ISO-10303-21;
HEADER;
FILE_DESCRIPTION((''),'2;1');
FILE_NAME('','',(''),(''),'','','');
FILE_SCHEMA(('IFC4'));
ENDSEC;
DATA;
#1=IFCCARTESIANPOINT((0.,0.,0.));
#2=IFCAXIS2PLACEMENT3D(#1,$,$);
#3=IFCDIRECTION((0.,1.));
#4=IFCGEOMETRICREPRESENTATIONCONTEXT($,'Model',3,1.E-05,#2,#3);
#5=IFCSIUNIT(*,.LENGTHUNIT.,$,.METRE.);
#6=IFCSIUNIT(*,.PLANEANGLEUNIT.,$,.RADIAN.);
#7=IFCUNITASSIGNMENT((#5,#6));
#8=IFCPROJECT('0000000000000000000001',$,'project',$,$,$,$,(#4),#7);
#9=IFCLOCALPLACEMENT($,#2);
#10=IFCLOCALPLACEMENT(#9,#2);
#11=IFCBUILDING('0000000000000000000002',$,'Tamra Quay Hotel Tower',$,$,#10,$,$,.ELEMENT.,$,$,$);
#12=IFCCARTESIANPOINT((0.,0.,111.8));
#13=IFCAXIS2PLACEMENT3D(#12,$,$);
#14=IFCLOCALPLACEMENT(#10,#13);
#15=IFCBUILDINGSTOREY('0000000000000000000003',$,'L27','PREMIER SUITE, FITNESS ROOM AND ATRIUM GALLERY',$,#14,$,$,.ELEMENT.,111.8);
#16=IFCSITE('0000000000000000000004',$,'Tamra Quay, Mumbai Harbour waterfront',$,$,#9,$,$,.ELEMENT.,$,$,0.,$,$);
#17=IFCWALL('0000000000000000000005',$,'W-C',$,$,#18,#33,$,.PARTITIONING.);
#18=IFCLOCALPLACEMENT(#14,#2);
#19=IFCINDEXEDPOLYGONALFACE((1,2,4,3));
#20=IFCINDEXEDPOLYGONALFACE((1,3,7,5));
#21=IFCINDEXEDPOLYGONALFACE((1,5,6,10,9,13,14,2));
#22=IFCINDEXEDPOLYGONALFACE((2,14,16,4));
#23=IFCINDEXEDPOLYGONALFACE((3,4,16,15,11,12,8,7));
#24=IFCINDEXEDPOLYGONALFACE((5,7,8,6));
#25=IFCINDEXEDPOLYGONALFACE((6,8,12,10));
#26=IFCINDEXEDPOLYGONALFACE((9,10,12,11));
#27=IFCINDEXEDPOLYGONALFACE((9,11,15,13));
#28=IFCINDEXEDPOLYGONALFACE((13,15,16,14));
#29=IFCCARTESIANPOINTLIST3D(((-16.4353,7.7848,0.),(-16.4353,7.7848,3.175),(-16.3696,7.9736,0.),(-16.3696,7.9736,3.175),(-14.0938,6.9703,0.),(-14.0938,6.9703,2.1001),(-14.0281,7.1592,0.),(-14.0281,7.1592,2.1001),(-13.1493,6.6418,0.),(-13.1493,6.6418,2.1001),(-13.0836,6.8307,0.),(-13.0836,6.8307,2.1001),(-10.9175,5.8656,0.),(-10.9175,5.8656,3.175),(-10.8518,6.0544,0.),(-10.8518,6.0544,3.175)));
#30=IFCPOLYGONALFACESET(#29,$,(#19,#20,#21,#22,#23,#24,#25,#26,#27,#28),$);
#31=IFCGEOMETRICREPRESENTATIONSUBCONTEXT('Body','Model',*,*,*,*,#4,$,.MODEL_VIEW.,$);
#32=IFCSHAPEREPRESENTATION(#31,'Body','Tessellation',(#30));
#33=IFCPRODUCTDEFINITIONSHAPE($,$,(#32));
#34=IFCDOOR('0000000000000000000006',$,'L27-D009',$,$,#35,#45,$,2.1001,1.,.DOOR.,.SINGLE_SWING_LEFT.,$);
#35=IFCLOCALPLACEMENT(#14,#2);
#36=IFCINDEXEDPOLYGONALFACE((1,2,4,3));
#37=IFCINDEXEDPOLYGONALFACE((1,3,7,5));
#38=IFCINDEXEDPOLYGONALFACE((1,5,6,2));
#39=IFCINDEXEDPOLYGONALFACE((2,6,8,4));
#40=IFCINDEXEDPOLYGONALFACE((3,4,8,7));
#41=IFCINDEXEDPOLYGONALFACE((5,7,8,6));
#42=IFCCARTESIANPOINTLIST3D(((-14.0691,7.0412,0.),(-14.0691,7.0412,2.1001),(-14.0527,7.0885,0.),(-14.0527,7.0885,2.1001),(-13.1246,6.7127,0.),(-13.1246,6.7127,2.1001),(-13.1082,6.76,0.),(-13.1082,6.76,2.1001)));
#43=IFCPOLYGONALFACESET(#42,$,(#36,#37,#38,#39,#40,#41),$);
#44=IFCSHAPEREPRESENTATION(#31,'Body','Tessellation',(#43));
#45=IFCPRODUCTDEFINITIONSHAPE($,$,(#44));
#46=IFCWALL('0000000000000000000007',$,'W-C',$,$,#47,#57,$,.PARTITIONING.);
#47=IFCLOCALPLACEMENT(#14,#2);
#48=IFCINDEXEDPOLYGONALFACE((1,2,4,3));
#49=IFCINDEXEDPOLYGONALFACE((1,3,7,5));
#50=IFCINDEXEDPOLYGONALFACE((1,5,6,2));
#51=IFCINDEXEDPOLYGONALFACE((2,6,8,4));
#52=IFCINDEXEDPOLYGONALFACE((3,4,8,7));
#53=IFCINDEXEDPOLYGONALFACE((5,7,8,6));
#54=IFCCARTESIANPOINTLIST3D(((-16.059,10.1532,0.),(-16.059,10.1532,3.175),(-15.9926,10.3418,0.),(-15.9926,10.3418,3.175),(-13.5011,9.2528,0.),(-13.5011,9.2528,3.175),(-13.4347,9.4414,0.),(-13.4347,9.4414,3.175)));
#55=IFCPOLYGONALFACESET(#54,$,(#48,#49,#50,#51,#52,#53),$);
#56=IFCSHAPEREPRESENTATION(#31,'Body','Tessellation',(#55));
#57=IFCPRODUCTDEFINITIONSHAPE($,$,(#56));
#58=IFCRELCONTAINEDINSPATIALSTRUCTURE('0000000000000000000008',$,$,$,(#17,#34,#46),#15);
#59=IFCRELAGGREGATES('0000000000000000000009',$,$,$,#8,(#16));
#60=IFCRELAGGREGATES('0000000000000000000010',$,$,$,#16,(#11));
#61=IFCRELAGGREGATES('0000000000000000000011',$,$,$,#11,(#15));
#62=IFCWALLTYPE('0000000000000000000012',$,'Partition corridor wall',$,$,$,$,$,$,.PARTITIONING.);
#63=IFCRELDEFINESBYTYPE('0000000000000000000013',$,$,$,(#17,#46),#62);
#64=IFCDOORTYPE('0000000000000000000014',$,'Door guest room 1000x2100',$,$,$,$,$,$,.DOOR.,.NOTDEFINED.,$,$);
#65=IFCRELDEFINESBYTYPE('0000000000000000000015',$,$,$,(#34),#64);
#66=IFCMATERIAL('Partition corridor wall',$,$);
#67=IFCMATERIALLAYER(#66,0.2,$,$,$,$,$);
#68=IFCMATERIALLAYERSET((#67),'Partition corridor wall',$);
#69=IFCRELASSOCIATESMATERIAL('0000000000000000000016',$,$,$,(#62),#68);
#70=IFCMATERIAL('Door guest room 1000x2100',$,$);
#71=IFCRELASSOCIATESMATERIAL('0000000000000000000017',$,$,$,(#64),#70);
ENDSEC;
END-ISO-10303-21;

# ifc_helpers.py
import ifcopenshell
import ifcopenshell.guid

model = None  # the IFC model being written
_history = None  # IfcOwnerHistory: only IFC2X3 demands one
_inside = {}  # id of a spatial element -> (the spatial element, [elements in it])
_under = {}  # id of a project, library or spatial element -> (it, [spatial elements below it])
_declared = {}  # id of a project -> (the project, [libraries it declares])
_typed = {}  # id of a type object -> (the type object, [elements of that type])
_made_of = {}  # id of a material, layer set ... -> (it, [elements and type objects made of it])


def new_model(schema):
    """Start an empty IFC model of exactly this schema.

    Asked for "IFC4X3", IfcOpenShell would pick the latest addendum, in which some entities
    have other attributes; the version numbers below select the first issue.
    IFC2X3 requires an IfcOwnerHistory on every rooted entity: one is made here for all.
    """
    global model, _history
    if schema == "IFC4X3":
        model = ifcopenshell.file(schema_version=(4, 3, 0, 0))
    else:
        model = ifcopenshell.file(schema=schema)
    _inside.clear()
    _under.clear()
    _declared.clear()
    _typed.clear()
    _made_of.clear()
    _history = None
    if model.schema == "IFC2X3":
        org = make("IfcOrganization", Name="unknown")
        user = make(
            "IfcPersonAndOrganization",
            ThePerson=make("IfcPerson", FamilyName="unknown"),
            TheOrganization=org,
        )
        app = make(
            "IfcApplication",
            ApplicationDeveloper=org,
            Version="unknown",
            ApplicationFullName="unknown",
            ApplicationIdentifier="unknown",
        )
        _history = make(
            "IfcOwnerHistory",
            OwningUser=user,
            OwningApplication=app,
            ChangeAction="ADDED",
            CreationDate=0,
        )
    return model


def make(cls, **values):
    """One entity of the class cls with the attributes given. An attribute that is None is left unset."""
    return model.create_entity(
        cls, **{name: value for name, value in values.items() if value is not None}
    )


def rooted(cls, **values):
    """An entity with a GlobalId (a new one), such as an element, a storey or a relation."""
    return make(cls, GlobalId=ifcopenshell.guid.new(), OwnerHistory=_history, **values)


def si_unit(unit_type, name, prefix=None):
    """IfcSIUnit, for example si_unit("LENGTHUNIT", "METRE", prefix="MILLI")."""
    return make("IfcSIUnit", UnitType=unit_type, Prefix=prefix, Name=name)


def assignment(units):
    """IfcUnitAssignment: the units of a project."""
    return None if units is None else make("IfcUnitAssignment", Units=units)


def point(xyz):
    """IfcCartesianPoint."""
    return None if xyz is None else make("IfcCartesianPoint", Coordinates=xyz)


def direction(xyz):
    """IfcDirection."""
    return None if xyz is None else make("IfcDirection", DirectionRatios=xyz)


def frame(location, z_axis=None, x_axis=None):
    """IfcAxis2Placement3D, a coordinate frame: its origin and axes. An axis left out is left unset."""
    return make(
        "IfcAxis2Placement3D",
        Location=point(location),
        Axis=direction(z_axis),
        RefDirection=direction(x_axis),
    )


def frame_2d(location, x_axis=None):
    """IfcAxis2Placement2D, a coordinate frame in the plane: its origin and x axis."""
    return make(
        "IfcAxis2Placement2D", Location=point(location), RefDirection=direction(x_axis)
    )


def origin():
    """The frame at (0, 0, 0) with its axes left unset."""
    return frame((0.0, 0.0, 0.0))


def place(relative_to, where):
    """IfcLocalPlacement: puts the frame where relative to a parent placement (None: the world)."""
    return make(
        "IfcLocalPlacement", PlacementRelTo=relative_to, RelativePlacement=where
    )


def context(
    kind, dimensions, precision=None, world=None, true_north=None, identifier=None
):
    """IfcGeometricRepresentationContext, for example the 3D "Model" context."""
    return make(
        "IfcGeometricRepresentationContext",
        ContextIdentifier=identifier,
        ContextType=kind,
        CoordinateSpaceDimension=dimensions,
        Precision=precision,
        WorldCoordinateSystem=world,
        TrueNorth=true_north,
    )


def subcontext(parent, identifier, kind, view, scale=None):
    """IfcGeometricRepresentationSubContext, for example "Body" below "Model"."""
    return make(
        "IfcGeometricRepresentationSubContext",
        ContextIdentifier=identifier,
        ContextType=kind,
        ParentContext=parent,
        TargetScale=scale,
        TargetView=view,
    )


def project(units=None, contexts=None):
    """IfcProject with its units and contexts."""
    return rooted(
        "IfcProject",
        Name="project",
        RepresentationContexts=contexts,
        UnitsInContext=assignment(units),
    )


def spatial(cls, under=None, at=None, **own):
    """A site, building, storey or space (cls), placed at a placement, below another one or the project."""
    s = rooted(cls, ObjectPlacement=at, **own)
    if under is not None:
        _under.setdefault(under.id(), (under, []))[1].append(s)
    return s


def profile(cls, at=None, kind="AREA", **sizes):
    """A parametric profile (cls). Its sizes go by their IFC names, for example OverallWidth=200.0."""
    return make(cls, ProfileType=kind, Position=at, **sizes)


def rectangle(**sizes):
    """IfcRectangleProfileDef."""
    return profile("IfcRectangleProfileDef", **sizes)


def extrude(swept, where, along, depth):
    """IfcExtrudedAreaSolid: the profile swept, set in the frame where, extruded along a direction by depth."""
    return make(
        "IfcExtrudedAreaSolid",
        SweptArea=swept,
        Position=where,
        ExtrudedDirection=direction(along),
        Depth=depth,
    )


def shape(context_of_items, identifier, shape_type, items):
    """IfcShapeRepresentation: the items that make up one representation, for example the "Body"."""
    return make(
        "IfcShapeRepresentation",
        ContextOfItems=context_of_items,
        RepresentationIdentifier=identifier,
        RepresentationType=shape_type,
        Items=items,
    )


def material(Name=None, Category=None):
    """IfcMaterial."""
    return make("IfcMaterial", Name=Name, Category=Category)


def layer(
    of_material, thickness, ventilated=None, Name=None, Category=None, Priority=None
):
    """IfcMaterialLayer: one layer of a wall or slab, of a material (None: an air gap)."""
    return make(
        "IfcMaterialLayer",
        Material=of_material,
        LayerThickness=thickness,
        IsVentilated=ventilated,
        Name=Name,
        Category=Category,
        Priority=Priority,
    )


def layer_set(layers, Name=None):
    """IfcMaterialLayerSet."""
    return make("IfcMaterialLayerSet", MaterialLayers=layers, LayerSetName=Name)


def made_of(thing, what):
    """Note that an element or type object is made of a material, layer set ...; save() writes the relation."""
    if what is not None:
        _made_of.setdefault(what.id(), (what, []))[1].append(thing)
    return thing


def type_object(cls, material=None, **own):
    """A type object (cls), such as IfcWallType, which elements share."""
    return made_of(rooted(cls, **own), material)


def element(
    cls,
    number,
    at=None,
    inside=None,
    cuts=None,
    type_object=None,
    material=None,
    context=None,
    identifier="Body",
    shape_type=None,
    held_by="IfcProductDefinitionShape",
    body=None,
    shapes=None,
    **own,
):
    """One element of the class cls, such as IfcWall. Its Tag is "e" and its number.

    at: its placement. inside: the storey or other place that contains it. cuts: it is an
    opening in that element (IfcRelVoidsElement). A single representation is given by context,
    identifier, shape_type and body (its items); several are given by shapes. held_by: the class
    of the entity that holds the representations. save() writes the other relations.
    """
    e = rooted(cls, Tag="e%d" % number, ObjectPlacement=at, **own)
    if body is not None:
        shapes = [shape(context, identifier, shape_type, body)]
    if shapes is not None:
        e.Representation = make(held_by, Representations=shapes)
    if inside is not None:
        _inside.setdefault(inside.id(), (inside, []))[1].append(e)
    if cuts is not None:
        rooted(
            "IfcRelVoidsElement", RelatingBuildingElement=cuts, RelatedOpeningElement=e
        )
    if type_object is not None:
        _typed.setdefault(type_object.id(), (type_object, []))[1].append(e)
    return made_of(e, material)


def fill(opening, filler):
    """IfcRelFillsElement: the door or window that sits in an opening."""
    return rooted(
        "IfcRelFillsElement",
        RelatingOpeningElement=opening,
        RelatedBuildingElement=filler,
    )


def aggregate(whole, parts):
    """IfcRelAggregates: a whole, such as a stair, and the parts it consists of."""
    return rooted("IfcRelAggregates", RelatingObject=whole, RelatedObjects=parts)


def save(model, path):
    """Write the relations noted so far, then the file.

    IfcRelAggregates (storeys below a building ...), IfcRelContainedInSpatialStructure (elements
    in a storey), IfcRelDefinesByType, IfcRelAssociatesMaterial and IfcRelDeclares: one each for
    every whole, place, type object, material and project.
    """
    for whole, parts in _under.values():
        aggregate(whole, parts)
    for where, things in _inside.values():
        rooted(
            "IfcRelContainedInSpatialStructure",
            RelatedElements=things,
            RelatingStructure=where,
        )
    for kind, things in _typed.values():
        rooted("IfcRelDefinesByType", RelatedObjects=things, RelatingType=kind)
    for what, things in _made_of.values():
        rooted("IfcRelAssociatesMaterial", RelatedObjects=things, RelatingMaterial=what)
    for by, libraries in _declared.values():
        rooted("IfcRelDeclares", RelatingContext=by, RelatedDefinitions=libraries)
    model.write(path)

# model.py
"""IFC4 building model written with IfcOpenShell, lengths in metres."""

from ifc_helpers import new_model, si_unit, direction, frame, frame_2d, origin, place, context, subcontext, project, spatial, rectangle, extrude, material, layer, layer_set, type_object, element, fill, save


model = new_model("IFC4")

# Units and contexts
model_context = context("Model", 3, precision=1e-05, world=origin(), true_north=direction((0.0, 1.0)))
body_context = subcontext(model_context, "Body", "Model", "MODEL_VIEW")
ifc_project = project(units=[si_unit("LENGTHUNIT", "METRE"), si_unit("PLANEANGLEUNIT", "RADIAN")], contexts=[model_context])

# Site, building, storey
site_placement = place(None, origin())
site = spatial("IfcSite", under=ifc_project, at=site_placement, Name="Tamra Quay, Mumbai Harbour waterfront", CompositionType="ELEMENT", RefElevation=0.0)
building_placement = place(site_placement, origin())
building = spatial("IfcBuilding", under=site, at=building_placement, Name="Tamra Quay Hotel Tower", CompositionType="ELEMENT")
storey_placement = place(building_placement, frame((0.0, 0.0, 111.8)))
storey = spatial("IfcBuildingStorey", under=building, at=storey_placement, Name="L27", Description="PREMIER SUITE, FITNESS ROOM AND ATRIUM GALLERY", CompositionType="ELEMENT", Elevation=111.8)

# Shared definitions
ifc_material_1 = material(Name="Partition corridor wall")
ifc_layer_1 = layer(ifc_material_1, 0.2)
ifc_layer_set_1 = layer_set([ifc_layer_1], Name="Partition corridor wall")
wall_type_1 = type_object("IfcWallType", Name="Partition corridor wall", PredefinedType="PARTITIONING", material=ifc_layer_set_1)

# Wall, opening, door
wall_1_placement = place(storey_placement, frame((-16.4023, 7.8792, 0.0), z_axis=(0.0, 0.0, 1.0), x_axis=(0.9445, -0.328513, 0.0)))
wall_1 = element("IfcWall", 1, at=wall_1_placement, inside=storey, type_object=wall_type_1, Name="W-C", PredefinedType="PARTITIONING", context=body_context, shape_type="SweptSolid", body=[
    extrude(rectangle(XDim=5.842, YDim=0.2, at=frame_2d((2.9209, 0.0))), origin(), (0.0, 0.0, 1.0), 3.175),
])
opening_1_placement = place(wall_1_placement, frame((2.479, 0.0, 0.0)))
opening_1 = element("IfcOpeningElement", 2, at=opening_1_placement, cuts=wall_1, PredefinedType="OPENING", context=body_context, shape_type="SweptSolid", body=[
    extrude(rectangle(XDim=1.0, YDim=2.1001, at=frame_2d((0.5, 1.05))), frame((0.0, 0.1099, 0.0), z_axis=(0.0, -1.0, 0.0), x_axis=(1.0, 0.0, 0.0)), (0.0, 0.0, 1.0), 0.22),
])
ifc_material_2 = material(Name="Door guest room 1000x2100")
door_type_1 = type_object("IfcDoorType", Name="Door guest room 1000x2100", OperationType="NOTDEFINED", PredefinedType="DOOR", material=ifc_material_2)
door_1_placement = place(opening_1_placement, frame((1.0, 0.0, 0.0), z_axis=(0.0, 0.0, 1.0), x_axis=(-1.0, 0.0, 0.0)))
door_1 = element("IfcDoor", 3, at=door_1_placement, inside=storey, type_object=door_type_1, Name="L27-D009", OperationType="SINGLE_SWING_LEFT", OverallHeight=2.1001, OverallWidth=1.0, PredefinedType="DOOR", context=body_context, shape_type="SweptSolid", body=[
    extrude(rectangle(XDim=1.0, YDim=2.1001, at=frame_2d((0.5, 1.05))), frame((0.0, 0.0249, 0.0), z_axis=(0.0, -1.0, 0.0), x_axis=(1.0, 0.0, 0.0)), (0.0, 0.0, 1.0), 0.05),
])
fill(opening_1, door_1)

# Wall
wall_2_placement = place(storey_placement, frame((-16.0259, 10.2476, 0.0), z_axis=(0.0, 0.0, 1.0), x_axis=(0.943266, -0.332038, 0.0)))
element("IfcWall", 4, at=wall_2_placement, inside=storey, type_object=wall_type_1, Name="W-C", PredefinedType="PARTITIONING", context=body_context, shape_type="SweptSolid", body=[
    extrude(rectangle(XDim=2.7117, YDim=0.2, at=frame_2d((1.356, 0.0))), origin(), (0.0, 0.0, 1.0), 3.175),
])

save(model, "model.ifc")
